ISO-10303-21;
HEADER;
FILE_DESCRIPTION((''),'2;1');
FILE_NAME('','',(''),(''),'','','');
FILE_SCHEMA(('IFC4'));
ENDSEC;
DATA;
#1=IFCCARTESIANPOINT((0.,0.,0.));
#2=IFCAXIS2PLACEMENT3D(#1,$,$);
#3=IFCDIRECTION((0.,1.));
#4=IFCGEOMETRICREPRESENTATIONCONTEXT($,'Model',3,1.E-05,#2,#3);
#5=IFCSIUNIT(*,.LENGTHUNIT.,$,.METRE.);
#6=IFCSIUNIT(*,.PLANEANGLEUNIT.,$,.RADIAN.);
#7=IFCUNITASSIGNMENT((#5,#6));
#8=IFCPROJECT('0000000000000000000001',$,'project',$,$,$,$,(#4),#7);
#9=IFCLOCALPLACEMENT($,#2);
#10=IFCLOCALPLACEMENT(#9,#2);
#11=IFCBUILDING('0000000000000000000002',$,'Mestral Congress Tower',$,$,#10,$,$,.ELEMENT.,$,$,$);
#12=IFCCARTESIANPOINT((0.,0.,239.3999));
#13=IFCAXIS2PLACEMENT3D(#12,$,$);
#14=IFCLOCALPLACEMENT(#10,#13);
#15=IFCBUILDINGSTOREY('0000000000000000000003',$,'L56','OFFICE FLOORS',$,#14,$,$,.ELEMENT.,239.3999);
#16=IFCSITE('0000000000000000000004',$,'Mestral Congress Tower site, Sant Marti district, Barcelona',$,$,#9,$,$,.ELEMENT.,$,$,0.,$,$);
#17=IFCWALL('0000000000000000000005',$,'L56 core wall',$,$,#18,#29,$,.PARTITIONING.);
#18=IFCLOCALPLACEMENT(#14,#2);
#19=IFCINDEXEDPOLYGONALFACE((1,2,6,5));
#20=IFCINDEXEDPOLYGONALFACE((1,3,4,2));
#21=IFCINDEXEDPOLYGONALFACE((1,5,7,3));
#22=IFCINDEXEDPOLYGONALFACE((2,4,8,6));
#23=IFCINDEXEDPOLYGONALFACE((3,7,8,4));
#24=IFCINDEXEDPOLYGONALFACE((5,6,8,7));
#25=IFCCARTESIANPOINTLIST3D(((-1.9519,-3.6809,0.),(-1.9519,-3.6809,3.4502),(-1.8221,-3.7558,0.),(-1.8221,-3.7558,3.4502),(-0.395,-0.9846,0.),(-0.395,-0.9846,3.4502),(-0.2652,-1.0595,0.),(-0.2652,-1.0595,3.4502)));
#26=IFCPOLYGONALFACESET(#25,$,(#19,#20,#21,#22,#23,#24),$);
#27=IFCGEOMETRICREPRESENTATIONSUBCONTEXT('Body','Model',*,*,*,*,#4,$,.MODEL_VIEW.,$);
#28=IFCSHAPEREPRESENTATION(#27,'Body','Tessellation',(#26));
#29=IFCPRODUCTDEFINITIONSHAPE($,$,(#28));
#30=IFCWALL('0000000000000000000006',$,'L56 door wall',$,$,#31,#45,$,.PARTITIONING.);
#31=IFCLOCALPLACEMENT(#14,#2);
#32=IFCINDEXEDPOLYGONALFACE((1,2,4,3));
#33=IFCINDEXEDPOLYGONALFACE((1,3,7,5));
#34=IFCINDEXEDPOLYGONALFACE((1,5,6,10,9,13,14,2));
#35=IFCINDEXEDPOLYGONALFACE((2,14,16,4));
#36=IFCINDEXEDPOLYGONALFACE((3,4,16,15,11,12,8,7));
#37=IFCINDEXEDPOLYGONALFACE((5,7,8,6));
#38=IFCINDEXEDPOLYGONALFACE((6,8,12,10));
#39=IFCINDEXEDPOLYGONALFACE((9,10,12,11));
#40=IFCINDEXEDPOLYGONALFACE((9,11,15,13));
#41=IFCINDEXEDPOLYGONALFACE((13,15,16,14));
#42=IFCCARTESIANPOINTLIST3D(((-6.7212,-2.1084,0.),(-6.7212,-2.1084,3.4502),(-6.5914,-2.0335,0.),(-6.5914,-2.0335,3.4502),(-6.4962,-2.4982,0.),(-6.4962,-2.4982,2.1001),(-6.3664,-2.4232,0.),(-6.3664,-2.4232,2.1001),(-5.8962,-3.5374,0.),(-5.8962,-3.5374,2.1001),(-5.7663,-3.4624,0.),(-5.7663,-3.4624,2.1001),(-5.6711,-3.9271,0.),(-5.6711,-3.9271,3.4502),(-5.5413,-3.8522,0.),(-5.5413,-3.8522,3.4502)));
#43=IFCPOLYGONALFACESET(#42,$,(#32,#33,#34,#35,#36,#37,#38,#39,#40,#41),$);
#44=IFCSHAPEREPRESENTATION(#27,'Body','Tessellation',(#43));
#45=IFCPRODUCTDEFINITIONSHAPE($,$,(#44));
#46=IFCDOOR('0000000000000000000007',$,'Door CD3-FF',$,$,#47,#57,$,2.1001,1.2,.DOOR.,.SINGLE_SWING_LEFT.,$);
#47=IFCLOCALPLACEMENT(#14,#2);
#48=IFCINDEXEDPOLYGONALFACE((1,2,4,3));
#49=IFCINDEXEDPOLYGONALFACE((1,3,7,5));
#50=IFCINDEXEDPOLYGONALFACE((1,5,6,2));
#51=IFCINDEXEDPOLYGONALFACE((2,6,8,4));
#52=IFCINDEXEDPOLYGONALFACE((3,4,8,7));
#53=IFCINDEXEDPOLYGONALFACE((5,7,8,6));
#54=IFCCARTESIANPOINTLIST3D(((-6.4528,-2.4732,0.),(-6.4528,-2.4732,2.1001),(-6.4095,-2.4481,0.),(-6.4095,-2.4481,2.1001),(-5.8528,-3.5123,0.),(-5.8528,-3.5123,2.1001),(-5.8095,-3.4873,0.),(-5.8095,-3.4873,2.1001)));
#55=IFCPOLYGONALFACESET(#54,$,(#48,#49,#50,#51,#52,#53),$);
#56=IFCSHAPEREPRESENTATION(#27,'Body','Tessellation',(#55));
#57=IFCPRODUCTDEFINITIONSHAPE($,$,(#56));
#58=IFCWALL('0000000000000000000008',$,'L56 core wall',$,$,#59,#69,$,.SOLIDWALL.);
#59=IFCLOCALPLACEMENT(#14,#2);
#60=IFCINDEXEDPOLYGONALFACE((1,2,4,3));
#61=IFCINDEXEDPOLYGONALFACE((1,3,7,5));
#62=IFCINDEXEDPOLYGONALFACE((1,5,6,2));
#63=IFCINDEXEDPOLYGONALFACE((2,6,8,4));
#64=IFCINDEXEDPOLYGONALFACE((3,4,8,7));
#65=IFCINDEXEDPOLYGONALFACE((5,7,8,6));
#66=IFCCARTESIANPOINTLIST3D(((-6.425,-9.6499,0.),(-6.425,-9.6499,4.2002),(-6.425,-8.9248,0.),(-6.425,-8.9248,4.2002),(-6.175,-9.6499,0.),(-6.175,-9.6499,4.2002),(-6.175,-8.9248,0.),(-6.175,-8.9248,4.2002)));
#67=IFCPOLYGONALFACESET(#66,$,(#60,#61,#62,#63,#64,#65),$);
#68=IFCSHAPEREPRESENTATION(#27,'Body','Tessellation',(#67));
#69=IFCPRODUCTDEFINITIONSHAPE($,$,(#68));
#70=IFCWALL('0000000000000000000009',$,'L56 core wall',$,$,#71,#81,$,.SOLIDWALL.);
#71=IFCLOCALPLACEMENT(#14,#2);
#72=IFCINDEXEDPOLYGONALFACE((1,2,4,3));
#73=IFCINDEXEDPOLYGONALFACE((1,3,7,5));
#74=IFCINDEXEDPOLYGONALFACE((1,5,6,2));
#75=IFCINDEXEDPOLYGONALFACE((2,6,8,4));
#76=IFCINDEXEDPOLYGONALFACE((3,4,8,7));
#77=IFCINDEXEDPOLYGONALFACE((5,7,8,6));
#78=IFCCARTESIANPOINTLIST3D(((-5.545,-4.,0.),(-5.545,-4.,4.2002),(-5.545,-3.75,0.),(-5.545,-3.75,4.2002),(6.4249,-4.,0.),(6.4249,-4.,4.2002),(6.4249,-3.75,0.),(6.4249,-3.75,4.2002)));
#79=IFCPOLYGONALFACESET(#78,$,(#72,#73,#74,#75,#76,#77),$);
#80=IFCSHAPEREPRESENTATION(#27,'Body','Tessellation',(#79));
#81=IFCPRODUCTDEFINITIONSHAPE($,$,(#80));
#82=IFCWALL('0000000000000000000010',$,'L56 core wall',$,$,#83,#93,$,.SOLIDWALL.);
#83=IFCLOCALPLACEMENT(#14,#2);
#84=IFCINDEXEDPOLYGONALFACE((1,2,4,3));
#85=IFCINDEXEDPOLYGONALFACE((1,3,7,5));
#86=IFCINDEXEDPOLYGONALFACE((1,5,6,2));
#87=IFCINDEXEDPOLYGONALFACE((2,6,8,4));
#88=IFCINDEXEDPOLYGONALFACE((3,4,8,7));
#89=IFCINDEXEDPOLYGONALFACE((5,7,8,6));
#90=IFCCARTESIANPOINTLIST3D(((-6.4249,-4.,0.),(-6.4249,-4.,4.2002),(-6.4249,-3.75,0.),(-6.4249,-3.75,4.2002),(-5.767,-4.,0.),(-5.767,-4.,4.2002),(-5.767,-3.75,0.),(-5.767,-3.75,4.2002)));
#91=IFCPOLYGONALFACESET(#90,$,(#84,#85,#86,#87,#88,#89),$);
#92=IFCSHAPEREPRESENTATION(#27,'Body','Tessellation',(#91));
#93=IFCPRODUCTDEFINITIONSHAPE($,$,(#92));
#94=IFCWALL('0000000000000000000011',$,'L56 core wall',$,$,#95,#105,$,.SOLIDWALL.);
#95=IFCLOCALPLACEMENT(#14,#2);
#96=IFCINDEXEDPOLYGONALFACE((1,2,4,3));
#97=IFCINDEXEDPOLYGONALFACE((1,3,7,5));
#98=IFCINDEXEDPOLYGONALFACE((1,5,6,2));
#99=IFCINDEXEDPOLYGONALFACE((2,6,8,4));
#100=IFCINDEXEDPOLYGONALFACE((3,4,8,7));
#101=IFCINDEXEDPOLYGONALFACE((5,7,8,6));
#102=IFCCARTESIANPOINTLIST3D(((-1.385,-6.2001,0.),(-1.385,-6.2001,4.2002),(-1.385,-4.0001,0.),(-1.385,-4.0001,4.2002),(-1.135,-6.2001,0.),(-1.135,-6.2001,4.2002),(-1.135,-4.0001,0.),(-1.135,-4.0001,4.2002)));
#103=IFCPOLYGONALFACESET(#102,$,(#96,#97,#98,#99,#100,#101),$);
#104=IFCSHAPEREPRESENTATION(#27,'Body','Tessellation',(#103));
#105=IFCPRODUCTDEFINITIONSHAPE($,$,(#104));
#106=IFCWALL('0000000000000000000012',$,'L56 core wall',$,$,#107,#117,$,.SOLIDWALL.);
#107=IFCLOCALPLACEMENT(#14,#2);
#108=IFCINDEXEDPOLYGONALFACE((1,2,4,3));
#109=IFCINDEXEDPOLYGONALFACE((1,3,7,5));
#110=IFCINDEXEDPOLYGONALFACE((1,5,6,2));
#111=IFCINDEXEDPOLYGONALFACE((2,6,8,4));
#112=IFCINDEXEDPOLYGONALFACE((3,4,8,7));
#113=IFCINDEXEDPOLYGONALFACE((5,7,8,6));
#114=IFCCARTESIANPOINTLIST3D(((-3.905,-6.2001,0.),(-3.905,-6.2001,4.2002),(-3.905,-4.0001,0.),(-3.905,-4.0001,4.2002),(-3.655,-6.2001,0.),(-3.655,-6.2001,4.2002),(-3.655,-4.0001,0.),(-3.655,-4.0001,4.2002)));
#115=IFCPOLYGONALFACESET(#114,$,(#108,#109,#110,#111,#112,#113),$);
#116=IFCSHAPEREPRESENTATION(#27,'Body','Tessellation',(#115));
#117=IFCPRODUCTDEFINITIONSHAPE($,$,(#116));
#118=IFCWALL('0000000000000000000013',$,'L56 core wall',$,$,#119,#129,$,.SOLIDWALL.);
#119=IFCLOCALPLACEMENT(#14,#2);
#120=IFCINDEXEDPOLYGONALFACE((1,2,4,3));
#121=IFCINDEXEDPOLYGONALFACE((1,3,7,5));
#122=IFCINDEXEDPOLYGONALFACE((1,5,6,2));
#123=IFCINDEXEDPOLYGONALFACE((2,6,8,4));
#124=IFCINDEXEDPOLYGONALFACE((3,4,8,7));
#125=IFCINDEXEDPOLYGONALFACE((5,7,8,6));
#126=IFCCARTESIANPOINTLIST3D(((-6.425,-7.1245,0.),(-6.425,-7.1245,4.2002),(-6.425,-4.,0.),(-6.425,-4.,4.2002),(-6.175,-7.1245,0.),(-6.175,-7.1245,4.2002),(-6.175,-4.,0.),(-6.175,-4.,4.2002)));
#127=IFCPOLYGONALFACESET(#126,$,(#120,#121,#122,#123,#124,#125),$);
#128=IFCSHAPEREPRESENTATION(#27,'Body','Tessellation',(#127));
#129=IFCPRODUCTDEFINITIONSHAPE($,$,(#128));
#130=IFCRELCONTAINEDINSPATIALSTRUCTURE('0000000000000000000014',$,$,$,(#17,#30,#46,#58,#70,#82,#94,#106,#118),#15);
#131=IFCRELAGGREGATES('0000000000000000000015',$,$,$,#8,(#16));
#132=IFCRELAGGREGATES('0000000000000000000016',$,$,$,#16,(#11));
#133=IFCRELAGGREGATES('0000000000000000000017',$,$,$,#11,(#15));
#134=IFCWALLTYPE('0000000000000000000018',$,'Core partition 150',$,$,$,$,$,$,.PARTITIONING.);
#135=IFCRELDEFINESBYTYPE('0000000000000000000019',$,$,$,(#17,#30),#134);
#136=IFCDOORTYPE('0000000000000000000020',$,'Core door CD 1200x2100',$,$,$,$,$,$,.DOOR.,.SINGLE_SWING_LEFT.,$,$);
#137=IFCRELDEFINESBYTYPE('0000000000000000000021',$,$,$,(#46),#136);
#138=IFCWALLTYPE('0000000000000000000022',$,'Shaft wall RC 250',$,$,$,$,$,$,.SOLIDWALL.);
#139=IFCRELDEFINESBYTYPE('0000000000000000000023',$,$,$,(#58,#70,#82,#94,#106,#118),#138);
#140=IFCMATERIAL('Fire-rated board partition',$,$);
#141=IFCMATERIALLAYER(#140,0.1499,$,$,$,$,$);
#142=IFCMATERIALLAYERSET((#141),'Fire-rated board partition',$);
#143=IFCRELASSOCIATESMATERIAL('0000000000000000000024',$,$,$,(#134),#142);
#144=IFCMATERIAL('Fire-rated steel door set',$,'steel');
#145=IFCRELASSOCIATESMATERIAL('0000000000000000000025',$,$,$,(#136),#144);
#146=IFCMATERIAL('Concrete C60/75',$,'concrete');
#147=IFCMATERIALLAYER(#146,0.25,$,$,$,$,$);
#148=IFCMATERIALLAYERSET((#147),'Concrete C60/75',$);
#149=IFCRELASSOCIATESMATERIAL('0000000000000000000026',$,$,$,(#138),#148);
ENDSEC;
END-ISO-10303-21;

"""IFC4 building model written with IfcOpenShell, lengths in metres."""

from ifc_helpers import new_model, si_unit, direction, frame, frame_2d, origin, place, context, subcontext, project, spatial, rectangle, extrude, material, layer, layer_set, type_object, element, fill, save


model = new_model("IFC4")

# Units and contexts
model_context = context("Model", 3, precision=1e-05, world=origin(), true_north=direction((0.0, 1.0)))
body_context = subcontext(model_context, "Body", "Model", "MODEL_VIEW")
ifc_project = project(units=[si_unit("LENGTHUNIT", "METRE"), si_unit("PLANEANGLEUNIT", "RADIAN")], contexts=[model_context])

# Site, building, storey
site_placement = place(None, origin())
site = spatial("IfcSite", under=ifc_project, at=site_placement, Name="Mestral Congress Tower site, Sant Marti district, Barcelona", CompositionType="ELEMENT", RefElevation=0.0)
building_placement = place(site_placement, origin())
building = spatial("IfcBuilding", under=site, at=building_placement, Name="Mestral Congress Tower", CompositionType="ELEMENT")
storey_placement = place(building_placement, frame((0.0, 0.0, 239.3999)))
storey = spatial("IfcBuildingStorey", under=building, at=storey_placement, Name="L56", Description="OFFICE FLOORS", CompositionType="ELEMENT", Elevation=239.3999)

# Wall
ifc_material_1 = material(Name="Fire-rated board partition")
ifc_layer_1 = layer(ifc_material_1, 0.1499)
ifc_layer_set_1 = layer_set([ifc_layer_1], Name="Fire-rated board partition")
wall_type_1 = type_object("IfcWallType", Name="Core partition 150", PredefinedType="PARTITIONING", material=ifc_layer_set_1)
wall_1_placement = place(storey_placement, frame((-1.887, -3.7183, 0.0), z_axis=(0.0, 0.0, 1.0), x_axis=(0.500044, 0.866, 0.0)))
element("IfcWall", 1, at=wall_1_placement, inside=storey, type_object=wall_type_1, Name="L56 core wall", PredefinedType="PARTITIONING", context=body_context, shape_type="SweptSolid", body=[
    extrude(rectangle(XDim=3.1135, YDim=0.1499, at=frame_2d((1.5566, 0.0))), origin(), (0.0, 0.0, 1.0), 3.4502),
])

# Wall, opening, door
wall_2_placement = place(storey_placement, frame((-5.6062, -3.8896, 0.0), z_axis=(0.0, 0.0, 1.0), x_axis=(-0.500028, 0.866009, 0.0)))
wall_2 = element("IfcWall", 2, at=wall_2_placement, inside=storey, type_object=wall_type_1, Name="L56 door wall", PredefinedType="PARTITIONING", context=body_context, shape_type="SweptSolid", body=[
    extrude(rectangle(XDim=2.1001, YDim=0.1499, at=frame_2d((1.05, 0.0))), origin(), (0.0, 0.0, 1.0), 3.4502),
])
opening_1_placement = place(wall_2_placement, frame((0.45, 0.0, 0.0)))
opening_1 = element("IfcOpeningElement", 3, at=opening_1_placement, cuts=wall_2, PredefinedType="OPENING", context=body_context, shape_type="SweptSolid", body=[
    extrude(rectangle(XDim=1.2, YDim=2.1001, at=frame_2d((0.6001, 1.05))), frame((0.0, 0.085, 0.0), z_axis=(0.0, -1.0, 0.0), x_axis=(1.0, 0.0, 0.0)), (0.0, 0.0, 1.0), 0.1699),
])
ifc_material_2 = material(Name="Fire-rated steel door set", Category="steel")
door_type_1 = type_object("IfcDoorType", Name="Core door CD 1200x2100", OperationType="SINGLE_SWING_LEFT", PredefinedType="DOOR", material=ifc_material_2)
door_1_placement = place(opening_1_placement, origin())
door_1 = element("IfcDoor", 4, at=door_1_placement, inside=storey, type_object=door_type_1, Name="Door CD3-FF", OperationType="SINGLE_SWING_LEFT", OverallHeight=2.1001, OverallWidth=1.2, PredefinedType="DOOR", context=body_context, shape_type="SweptSolid", body=[
    extrude(rectangle(XDim=1.2, YDim=2.1001, at=frame_2d((0.6001, 1.05))), frame((0.0, 0.0249, 0.0), z_axis=(0.0, -1.0, 0.0), x_axis=(1.0, 0.0, 0.0)), (0.0, 0.0, 1.0), 0.05),
])
fill(opening_1, door_1)

# Walls
ifc_material_3 = material(Name="Concrete C60/75", Category="concrete")
ifc_layer_2 = layer(ifc_material_3, 0.25)
ifc_layer_set_2 = layer_set([ifc_layer_2], Name="Concrete C60/75")
wall_type_2 = type_object("IfcWallType", Name="Shaft wall RC 250", PredefinedType="SOLIDWALL", material=ifc_layer_set_2)
wall_3_placement = place(storey_placement, frame((-6.3, -8.9248, 0.0), z_axis=(0.0, 0.0, 1.0), x_axis=(0.0, -1.0, 0.0)))
element("IfcWall", 5, at=wall_3_placement, inside=storey, type_object=wall_type_2, Name="L56 core wall", PredefinedType="SOLIDWALL", context=body_context, shape_type="SweptSolid", body=[
    extrude(rectangle(XDim=0.7251, YDim=0.25, at=frame_2d((0.3625, 0.0))), origin(), (0.0, 0.0, 1.0), 4.2002),
])
wall_4_placement = place(storey_placement, frame((-5.5449, -3.875, 0.0), z_axis=(0.0, 0.0, 1.0), x_axis=(1.0, 0.0, 0.0)))
element("IfcWall", 6, at=wall_4_placement, inside=storey, type_object=wall_type_2, Name="L56 core wall", PredefinedType="SOLIDWALL", context=body_context, shape_type="SweptSolid", body=[
    extrude(rectangle(XDim=11.97, YDim=0.25, at=frame_2d((5.9849, 0.0))), origin(), (0.0, 0.0, 1.0), 4.2002),
])
wall_5_placement = place(storey_placement, frame((-6.425, -3.875, 0.0), z_axis=(0.0, 0.0, 1.0), x_axis=(1.0, 0.0, 0.0)))
element("IfcWall", 7, at=wall_5_placement, inside=storey, type_object=wall_type_2, Name="L56 core wall", PredefinedType="SOLIDWALL", context=body_context, shape_type="SweptSolid", body=[
    extrude(rectangle(XDim=0.658, YDim=0.25, at=frame_2d((0.3291, 0.0))), origin(), (0.0, 0.0, 1.0), 4.2002),
])
for number, where, z_axis, x_axis, name in (
    (8, (-1.26, -4.0, 0.0), (0.0, 0.0, 1.0), (0.0, -1.0, 0.0), "L56 core wall"),
    (9, (-3.78, -4.0, 0.0), (0.0, 0.0, 1.0), (0.0, -1.0, 0.0), "L56 core wall"),
):
    element("IfcWall", number, at=place(storey_placement, frame(where, z_axis=z_axis, x_axis=x_axis)), inside=storey, type_object=wall_type_2, Name=name, PredefinedType="SOLIDWALL", context=body_context, shape_type="SweptSolid", body=[
        extrude(rectangle(XDim=2.2, YDim=0.25, at=frame_2d((1.1001, 0.0))), origin(), (0.0, 0.0, 1.0), 4.2002),
    ])
wall_6_placement = place(storey_placement, frame((-6.3, -7.1245, 0.0), z_axis=(0.0, 0.0, 1.0), x_axis=(0.0, 1.0, 0.0)))
element("IfcWall", 10, at=wall_6_placement, inside=storey, type_object=wall_type_2, Name="L56 core wall", PredefinedType="SOLIDWALL", context=body_context, shape_type="SweptSolid", body=[
    extrude(rectangle(XDim=3.1245, YDim=0.25, at=frame_2d((1.5623, 0.0))), origin(), (0.0, 0.0, 1.0), 4.2002),
])

save(model, "model.ifc")
